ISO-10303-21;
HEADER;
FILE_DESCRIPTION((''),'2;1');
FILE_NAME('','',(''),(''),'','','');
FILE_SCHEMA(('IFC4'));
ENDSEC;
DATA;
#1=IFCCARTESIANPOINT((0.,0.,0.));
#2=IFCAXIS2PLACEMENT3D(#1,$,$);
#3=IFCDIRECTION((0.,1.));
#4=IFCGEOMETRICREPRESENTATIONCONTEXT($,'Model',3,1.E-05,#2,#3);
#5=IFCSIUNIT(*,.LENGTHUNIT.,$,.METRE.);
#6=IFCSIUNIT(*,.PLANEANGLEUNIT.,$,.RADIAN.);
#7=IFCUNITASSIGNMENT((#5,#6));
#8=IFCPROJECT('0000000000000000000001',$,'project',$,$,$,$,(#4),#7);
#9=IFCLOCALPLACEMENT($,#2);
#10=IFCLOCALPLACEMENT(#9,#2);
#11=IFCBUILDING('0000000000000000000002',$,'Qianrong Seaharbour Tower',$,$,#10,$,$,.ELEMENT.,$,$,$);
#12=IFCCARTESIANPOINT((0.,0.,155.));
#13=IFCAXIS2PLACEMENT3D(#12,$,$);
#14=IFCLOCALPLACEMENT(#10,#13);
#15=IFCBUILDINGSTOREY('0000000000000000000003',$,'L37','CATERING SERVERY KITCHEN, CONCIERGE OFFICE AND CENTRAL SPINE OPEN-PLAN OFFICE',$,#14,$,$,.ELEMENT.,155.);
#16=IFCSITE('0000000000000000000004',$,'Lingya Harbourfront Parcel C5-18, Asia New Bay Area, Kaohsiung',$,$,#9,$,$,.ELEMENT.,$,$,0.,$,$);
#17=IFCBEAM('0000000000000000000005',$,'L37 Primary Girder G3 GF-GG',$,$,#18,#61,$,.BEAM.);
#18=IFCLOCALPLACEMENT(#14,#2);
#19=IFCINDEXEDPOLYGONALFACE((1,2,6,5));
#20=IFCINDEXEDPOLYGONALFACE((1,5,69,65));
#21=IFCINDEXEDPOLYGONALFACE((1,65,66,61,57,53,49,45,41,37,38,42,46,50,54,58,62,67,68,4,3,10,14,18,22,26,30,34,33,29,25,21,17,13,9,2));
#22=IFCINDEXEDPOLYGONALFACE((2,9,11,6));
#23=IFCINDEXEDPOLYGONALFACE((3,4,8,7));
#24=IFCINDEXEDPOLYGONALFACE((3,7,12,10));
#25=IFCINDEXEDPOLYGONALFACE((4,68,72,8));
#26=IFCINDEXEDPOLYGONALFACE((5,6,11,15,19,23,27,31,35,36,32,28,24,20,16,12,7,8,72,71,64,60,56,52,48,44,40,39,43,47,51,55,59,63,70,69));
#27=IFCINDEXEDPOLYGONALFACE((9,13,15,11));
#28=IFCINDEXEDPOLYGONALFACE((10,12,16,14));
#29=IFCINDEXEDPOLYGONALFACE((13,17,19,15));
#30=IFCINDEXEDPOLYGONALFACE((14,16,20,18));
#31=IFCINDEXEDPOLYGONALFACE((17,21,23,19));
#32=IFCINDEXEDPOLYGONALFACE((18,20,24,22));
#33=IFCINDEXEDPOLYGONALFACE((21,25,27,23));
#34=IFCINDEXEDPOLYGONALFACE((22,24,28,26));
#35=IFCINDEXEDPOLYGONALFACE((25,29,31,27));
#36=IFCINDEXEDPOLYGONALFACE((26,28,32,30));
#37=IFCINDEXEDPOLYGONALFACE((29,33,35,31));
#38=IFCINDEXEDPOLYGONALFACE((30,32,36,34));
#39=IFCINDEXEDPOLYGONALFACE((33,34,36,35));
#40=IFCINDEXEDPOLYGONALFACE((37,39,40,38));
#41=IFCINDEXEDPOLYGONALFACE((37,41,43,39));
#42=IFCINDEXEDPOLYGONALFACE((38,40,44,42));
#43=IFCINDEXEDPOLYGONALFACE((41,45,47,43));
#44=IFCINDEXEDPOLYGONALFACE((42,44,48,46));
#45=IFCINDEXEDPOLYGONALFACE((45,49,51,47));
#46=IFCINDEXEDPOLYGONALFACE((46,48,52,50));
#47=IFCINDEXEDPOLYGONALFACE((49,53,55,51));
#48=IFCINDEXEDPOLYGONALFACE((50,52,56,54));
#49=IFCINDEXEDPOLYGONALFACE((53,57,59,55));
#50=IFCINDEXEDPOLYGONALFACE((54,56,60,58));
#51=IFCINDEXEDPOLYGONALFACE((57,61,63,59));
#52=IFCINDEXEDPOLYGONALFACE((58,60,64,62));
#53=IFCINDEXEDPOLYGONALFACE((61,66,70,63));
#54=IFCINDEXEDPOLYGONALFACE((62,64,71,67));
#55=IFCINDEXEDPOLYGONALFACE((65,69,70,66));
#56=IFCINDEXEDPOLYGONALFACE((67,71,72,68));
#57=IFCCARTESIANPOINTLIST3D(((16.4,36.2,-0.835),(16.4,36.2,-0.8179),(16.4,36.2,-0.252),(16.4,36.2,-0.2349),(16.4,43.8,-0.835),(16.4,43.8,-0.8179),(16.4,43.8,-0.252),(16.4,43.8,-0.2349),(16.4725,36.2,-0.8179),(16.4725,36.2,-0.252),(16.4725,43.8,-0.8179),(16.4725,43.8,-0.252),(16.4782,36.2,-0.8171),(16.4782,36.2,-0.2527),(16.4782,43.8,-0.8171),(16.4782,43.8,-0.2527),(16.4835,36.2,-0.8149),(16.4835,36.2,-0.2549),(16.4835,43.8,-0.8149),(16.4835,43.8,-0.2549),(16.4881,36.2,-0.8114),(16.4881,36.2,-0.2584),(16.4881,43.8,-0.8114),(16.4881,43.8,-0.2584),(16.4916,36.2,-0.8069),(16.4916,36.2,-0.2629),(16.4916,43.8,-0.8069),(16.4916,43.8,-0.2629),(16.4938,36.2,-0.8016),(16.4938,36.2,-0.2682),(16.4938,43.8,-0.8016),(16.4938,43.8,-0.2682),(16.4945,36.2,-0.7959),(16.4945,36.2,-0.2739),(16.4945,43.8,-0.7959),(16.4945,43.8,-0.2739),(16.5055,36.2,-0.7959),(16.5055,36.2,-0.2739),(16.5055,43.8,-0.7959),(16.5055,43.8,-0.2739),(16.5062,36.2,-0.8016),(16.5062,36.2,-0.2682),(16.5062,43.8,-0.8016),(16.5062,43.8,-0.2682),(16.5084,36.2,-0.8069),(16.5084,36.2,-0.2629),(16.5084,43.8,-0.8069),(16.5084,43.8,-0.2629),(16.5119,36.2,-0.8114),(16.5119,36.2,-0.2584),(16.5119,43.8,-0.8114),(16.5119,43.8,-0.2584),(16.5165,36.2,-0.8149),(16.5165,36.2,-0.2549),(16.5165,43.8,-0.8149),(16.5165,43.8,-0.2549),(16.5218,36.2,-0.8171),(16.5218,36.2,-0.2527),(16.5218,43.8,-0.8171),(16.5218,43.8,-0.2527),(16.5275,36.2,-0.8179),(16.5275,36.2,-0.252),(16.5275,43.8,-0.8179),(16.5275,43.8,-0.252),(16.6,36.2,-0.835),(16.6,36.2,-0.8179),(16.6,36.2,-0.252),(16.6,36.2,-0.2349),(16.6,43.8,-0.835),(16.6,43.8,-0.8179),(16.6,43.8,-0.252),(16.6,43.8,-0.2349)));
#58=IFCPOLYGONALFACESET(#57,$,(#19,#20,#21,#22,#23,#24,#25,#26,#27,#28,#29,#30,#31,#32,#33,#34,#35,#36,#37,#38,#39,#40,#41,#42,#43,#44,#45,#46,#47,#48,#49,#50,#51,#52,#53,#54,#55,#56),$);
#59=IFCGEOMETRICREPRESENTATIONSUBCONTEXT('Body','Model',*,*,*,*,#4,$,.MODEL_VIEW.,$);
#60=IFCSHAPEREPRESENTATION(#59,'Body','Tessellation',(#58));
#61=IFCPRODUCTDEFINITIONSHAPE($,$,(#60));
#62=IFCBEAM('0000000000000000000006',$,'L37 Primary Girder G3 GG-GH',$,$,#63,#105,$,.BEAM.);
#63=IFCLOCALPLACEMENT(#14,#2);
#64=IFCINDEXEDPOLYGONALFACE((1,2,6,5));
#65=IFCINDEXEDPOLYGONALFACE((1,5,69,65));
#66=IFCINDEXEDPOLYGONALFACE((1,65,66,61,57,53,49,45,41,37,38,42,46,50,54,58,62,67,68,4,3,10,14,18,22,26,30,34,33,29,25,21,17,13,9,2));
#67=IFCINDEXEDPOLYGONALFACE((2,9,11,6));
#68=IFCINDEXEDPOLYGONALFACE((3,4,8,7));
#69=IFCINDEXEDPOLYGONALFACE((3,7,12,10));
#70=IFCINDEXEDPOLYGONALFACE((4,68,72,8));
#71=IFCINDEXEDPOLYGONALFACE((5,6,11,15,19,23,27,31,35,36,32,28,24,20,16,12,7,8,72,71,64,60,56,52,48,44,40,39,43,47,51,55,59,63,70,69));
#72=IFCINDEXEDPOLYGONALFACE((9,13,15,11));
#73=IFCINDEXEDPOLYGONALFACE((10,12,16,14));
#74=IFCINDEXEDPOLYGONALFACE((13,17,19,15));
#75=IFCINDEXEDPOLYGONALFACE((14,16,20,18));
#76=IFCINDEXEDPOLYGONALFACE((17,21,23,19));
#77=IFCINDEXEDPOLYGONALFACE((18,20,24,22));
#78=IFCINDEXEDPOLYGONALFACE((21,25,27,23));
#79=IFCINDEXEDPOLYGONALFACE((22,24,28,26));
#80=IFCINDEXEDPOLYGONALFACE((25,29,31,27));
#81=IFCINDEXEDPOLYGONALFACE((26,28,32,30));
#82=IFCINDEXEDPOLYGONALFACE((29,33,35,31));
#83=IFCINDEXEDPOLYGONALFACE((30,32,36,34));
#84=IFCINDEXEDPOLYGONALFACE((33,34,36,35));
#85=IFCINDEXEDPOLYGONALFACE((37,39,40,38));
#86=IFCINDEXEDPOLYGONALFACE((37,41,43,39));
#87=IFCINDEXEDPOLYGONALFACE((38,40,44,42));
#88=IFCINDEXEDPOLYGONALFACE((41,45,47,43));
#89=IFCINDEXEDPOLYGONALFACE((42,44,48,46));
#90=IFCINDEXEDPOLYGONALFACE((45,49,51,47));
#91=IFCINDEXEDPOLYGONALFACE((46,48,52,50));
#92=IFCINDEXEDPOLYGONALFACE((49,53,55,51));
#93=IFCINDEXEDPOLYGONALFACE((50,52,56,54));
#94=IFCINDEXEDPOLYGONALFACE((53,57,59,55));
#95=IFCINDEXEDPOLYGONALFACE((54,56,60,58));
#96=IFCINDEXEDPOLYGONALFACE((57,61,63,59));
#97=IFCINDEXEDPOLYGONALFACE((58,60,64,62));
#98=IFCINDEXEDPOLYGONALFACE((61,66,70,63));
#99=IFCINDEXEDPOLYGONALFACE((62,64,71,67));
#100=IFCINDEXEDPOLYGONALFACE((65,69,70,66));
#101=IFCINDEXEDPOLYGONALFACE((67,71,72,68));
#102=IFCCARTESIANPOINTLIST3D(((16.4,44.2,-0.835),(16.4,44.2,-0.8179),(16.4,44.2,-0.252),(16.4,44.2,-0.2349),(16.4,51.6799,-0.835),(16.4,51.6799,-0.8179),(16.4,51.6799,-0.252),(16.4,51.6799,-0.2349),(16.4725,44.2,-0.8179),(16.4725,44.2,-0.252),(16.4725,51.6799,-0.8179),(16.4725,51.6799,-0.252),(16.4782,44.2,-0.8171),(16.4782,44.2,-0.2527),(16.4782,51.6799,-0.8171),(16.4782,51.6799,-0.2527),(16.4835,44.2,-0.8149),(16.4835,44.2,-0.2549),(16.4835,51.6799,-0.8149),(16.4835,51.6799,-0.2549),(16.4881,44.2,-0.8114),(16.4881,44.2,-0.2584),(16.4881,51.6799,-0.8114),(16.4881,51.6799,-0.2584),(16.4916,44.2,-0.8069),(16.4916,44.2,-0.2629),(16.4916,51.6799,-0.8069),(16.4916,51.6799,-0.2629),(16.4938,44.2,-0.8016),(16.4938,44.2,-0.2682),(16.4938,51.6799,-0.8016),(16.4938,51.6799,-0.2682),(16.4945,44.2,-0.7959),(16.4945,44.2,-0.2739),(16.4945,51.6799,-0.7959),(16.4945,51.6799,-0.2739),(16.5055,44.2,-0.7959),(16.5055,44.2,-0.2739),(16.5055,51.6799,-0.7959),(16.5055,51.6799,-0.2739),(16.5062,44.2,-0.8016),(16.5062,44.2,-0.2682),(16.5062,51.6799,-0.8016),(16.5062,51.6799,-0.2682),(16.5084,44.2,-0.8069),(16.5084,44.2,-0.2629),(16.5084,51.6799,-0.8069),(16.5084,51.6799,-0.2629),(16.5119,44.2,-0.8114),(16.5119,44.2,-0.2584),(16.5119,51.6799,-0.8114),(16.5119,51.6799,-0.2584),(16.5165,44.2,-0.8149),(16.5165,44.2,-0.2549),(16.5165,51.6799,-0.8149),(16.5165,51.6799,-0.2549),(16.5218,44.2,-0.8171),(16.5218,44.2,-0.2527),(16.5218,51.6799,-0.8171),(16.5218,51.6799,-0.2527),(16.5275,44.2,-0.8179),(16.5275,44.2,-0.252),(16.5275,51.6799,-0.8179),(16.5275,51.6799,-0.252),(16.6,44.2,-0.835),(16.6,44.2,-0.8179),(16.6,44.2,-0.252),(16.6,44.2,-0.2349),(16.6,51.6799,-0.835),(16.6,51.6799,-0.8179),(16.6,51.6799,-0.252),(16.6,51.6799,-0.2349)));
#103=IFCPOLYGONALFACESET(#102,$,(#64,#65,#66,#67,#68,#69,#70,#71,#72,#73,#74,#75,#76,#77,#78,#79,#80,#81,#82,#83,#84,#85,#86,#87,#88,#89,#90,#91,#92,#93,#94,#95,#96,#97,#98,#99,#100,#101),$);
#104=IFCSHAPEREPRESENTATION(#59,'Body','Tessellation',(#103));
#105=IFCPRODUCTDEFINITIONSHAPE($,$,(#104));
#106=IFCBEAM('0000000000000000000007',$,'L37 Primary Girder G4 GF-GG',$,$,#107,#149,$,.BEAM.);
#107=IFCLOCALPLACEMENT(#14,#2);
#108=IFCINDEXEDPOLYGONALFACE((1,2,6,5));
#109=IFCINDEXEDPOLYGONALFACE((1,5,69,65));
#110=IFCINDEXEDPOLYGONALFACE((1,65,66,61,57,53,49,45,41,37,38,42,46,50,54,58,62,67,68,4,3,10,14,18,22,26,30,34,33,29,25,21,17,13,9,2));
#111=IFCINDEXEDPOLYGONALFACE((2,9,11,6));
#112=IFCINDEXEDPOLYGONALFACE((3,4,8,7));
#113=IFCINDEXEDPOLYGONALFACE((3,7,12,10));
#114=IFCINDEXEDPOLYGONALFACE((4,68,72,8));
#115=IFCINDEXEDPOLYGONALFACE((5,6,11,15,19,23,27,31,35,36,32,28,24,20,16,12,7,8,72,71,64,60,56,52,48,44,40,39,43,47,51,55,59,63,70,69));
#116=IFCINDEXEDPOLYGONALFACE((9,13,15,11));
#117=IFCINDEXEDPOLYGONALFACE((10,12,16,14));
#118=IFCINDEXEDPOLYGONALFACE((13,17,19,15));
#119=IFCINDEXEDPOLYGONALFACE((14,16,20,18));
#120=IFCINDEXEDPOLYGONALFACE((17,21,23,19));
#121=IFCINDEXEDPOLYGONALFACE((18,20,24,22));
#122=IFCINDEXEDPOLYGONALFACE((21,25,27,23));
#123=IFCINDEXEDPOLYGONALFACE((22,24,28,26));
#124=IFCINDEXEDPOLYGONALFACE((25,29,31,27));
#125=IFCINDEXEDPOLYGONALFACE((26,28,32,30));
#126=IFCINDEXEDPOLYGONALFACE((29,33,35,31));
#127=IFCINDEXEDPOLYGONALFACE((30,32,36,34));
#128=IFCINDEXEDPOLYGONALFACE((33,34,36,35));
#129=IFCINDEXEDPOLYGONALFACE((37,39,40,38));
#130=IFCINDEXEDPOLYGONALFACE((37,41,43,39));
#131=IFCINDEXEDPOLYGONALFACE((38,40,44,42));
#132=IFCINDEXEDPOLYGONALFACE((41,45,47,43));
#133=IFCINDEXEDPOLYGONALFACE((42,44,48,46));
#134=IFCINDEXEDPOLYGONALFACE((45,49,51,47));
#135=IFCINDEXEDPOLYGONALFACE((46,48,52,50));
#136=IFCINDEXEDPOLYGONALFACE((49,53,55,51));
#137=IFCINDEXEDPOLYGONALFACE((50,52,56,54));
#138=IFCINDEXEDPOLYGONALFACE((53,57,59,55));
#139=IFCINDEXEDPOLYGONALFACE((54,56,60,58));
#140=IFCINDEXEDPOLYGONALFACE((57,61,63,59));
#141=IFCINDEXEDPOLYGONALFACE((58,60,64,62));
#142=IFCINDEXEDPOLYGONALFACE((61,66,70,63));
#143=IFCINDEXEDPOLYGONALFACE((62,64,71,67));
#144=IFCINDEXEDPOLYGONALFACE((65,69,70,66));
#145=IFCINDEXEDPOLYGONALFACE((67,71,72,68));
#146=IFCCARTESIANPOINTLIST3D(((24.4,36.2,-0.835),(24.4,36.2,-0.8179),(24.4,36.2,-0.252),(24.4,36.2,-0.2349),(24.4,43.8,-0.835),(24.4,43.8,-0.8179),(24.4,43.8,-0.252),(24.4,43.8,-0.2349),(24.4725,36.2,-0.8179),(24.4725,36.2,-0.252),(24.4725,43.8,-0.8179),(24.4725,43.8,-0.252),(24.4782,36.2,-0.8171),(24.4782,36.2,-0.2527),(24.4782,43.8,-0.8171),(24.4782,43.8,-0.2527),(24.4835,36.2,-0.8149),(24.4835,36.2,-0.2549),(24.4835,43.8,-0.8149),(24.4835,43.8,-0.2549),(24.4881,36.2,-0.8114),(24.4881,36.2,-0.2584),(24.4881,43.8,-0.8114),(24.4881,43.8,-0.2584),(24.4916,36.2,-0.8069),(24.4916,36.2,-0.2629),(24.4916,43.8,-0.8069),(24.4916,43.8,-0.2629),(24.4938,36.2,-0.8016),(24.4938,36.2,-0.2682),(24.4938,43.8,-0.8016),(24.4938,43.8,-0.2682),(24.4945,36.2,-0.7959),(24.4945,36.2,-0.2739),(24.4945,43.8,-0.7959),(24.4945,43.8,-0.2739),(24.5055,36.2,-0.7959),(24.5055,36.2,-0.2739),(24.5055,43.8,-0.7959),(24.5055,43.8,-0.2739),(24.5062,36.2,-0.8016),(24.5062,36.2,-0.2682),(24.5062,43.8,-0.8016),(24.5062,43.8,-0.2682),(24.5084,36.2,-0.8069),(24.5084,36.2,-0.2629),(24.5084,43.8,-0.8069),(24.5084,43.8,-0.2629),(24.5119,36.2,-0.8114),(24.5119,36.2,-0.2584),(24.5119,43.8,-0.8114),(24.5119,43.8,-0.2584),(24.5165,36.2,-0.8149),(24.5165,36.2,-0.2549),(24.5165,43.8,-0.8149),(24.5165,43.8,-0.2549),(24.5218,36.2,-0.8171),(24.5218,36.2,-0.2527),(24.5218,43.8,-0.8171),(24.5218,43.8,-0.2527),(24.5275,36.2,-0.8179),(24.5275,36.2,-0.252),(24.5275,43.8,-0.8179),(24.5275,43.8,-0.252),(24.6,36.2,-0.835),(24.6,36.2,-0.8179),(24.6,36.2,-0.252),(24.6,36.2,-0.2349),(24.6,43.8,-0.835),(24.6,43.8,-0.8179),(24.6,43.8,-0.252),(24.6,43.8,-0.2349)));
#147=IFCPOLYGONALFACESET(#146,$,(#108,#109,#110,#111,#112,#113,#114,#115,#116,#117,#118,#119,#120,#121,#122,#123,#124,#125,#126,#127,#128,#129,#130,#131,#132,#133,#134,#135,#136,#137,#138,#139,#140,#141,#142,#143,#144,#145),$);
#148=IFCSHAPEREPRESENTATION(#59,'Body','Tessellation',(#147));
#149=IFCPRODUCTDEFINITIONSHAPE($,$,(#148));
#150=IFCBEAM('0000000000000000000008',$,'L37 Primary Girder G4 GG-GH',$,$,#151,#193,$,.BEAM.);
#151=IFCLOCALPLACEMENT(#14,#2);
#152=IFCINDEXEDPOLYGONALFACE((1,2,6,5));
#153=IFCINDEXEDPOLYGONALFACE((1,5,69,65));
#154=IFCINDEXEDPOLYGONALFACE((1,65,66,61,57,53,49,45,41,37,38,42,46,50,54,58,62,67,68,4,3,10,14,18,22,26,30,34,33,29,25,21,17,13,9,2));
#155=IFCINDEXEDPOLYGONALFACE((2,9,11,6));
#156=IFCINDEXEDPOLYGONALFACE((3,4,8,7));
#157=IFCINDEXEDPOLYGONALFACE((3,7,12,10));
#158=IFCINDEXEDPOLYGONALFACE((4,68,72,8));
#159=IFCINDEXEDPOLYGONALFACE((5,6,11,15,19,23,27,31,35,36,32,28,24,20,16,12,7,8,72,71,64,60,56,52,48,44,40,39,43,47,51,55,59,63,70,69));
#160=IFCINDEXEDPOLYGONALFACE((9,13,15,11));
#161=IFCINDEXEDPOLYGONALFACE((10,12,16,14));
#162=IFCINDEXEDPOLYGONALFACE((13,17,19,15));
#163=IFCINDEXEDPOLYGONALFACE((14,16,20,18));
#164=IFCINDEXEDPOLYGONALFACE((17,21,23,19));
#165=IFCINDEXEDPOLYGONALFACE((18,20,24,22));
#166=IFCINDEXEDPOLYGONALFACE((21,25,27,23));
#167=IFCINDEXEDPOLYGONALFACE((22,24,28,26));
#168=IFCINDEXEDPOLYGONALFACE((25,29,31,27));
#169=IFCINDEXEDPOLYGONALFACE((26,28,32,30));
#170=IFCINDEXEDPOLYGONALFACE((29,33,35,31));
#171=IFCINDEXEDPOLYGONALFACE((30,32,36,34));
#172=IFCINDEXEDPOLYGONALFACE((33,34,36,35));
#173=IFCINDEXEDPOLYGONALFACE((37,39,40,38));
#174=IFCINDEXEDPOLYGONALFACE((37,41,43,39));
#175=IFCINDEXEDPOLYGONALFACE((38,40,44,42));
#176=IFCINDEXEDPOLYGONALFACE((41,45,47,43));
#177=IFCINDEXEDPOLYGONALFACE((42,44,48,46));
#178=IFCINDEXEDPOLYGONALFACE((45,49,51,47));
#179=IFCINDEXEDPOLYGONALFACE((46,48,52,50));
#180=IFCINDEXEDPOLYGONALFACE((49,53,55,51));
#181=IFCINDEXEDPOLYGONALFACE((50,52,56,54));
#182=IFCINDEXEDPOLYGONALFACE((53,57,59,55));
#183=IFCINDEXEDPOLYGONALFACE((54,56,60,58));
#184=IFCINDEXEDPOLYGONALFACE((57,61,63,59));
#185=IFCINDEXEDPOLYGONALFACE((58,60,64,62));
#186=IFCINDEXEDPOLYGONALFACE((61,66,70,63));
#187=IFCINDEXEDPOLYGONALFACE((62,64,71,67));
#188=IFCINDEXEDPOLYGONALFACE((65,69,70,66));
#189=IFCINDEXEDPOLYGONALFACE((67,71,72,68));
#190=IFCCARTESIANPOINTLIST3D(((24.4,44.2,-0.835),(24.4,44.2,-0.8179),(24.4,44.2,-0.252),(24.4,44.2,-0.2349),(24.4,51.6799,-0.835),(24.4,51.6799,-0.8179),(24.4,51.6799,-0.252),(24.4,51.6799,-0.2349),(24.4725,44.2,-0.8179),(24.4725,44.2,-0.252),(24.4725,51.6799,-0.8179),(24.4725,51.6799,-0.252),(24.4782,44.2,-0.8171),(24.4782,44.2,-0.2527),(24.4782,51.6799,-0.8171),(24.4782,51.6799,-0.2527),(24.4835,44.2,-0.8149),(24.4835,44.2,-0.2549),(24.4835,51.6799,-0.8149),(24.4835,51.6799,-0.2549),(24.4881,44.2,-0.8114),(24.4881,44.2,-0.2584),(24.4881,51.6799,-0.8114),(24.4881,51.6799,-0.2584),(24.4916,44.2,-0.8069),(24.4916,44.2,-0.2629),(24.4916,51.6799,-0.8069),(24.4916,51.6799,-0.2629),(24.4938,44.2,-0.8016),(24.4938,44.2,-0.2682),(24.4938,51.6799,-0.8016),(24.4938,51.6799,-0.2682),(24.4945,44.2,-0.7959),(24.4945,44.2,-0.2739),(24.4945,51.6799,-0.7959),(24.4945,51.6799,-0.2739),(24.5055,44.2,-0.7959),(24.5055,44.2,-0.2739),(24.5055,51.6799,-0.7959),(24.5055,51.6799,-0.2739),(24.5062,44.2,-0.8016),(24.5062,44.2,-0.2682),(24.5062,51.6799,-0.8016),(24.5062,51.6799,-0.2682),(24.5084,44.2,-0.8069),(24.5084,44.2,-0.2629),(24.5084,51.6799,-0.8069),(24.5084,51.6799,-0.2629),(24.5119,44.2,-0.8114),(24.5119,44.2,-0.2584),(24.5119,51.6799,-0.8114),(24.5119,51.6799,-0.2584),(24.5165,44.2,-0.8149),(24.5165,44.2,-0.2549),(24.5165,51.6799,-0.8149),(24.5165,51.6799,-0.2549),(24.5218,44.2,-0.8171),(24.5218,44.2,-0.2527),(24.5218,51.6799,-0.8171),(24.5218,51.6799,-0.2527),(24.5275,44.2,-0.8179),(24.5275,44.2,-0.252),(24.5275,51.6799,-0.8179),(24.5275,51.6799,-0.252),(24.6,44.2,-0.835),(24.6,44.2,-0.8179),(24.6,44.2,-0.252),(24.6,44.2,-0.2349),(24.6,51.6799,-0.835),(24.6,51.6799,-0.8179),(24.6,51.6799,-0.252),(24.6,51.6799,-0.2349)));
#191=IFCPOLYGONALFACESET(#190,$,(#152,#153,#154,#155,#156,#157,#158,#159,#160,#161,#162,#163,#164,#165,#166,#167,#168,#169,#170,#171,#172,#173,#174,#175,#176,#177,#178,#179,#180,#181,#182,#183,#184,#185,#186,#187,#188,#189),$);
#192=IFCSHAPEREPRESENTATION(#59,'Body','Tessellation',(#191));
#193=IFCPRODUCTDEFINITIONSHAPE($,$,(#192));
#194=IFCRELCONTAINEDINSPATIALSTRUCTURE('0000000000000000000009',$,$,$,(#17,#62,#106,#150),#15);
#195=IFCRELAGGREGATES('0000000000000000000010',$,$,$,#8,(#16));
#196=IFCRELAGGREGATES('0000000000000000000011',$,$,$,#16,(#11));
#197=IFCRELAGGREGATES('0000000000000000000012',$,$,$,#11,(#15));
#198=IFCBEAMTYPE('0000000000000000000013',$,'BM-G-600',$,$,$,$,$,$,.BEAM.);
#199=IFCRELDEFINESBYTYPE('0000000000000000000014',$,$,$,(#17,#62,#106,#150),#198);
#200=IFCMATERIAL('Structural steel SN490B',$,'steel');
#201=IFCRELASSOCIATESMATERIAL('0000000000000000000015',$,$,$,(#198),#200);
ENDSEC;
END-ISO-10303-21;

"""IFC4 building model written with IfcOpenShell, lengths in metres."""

from ifc_helpers import new_model, si_unit, direction, frame, origin, origin_2d, place, context, subcontext, project, spatial, i_section, extrude, material, material_profile, profile_set, type_object, element, save


model = new_model("IFC4")

# Units and contexts
model_context = context("Model", 3, precision=1e-05, world=origin(), true_north=direction((0.0, 1.0)))
body_context = subcontext(model_context, "Body", "Model", "MODEL_VIEW")
ifc_project = project(units=[si_unit("LENGTHUNIT", "METRE"), si_unit("PLANEANGLEUNIT", "RADIAN")], contexts=[model_context])

# Site, building, storey
site_placement = place(None, origin())
site = spatial("IfcSite", under=ifc_project, at=site_placement, Name="Lingya Harbourfront Parcel C5-18, Asia New Bay Area, Kaohsiung", CompositionType="ELEMENT", RefElevation=0.0)
building_placement = place(site_placement, origin())
building = spatial("IfcBuilding", under=site, at=building_placement, Name="Qianrong Seaharbour Tower", CompositionType="ELEMENT")
storey_placement = place(building_placement, frame((0.0, 0.0, 155.0)))
storey = spatial("IfcBuildingStorey", under=building, at=storey_placement, Name="L37", Description="CATERING SERVERY KITCHEN, CONCIERGE OFFICE AND CENTRAL SPINE OPEN-PLAN OFFICE", CompositionType="ELEMENT", Elevation=155.0)

# Shared definitions
ifc_material_1 = material(Name="Structural steel SN490B", Category="steel")

# Beams
ifc_material_profile_1 = material_profile(ifc_material_1, i_section(OverallWidth=0.2, OverallDepth=0.6001, WebThickness=0.011, FlangeThickness=0.0171, FilletRadius=0.022, at=origin_2d()), Name="H600x200x11x17")
ifc_profile_set_1 = profile_set([ifc_material_profile_1], Name="Structural steel SN490B")
beam_type_1 = type_object("IfcBeamType", Name="BM-G-600", PredefinedType="BEAM", material=ifc_profile_set_1)
for number, where, z_axis, x_axis, name in (
    (1, (16.5, 36.2, -0.5349), (0.0, 1.0, 0.0), (-1.0, 0.0, 0.0), "L37 Primary Girder G3 GF-GG"),
):
    element("IfcBeam", number, at=place(storey_placement, frame(where, z_axis=z_axis, x_axis=x_axis)), inside=storey, type_object=beam_type_1, Name=name, PredefinedType="BEAM", context=body_context, shape_type="SweptSolid", body=[
        extrude(i_section(OverallWidth=0.2, OverallDepth=0.6001, WebThickness=0.011, FlangeThickness=0.0171, FilletRadius=0.022, at=origin_2d()), origin(), (0.0, 0.0, 1.0), 7.6001),
    ])
beam_1_placement = place(storey_placement, frame((16.5, 44.2, -0.5349), z_axis=(0.0, 1.0, 0.0), x_axis=(-1.0, 0.0, 0.0)))
element("IfcBeam", 2, at=beam_1_placement, inside=storey, type_object=beam_type_1, Name="L37 Primary Girder G3 GG-GH", PredefinedType="BEAM", context=body_context, shape_type="SweptSolid", body=[
    extrude(i_section(OverallWidth=0.2, OverallDepth=0.6001, WebThickness=0.011, FlangeThickness=0.0171, FilletRadius=0.022, at=origin_2d()), origin(), (0.0, 0.0, 1.0), 7.48),
])
beam_2_placement = place(storey_placement, frame((24.5, 36.2, -0.5349), z_axis=(0.0, 1.0, 0.0), x_axis=(-1.0, 0.0, 0.0)))
element("IfcBeam", 3, at=beam_2_placement, inside=storey, type_object=beam_type_1, Name="L37 Primary Girder G4 GF-GG", PredefinedType="BEAM", context=body_context, shape_type="SweptSolid", body=[
    extrude(i_section(OverallWidth=0.2, OverallDepth=0.6001, WebThickness=0.011, FlangeThickness=0.0171, FilletRadius=0.022, at=origin_2d()), origin(), (0.0, 0.0, 1.0), 7.6001),
])
beam_3_placement = place(storey_placement, frame((24.5, 44.2, -0.5349), z_axis=(0.0, 1.0, 0.0), x_axis=(-1.0, 0.0, 0.0)))
element("IfcBeam", 4, at=beam_3_placement, inside=storey, type_object=beam_type_1, Name="L37 Primary Girder G4 GG-GH", PredefinedType="BEAM", context=body_context, shape_type="SweptSolid", body=[
    extrude(i_section(OverallWidth=0.2, OverallDepth=0.6001, WebThickness=0.011, FlangeThickness=0.0171, FilletRadius=0.022, at=origin_2d()), origin(), (0.0, 0.0, 1.0), 7.48),
])

save(model, "model.ifc")
